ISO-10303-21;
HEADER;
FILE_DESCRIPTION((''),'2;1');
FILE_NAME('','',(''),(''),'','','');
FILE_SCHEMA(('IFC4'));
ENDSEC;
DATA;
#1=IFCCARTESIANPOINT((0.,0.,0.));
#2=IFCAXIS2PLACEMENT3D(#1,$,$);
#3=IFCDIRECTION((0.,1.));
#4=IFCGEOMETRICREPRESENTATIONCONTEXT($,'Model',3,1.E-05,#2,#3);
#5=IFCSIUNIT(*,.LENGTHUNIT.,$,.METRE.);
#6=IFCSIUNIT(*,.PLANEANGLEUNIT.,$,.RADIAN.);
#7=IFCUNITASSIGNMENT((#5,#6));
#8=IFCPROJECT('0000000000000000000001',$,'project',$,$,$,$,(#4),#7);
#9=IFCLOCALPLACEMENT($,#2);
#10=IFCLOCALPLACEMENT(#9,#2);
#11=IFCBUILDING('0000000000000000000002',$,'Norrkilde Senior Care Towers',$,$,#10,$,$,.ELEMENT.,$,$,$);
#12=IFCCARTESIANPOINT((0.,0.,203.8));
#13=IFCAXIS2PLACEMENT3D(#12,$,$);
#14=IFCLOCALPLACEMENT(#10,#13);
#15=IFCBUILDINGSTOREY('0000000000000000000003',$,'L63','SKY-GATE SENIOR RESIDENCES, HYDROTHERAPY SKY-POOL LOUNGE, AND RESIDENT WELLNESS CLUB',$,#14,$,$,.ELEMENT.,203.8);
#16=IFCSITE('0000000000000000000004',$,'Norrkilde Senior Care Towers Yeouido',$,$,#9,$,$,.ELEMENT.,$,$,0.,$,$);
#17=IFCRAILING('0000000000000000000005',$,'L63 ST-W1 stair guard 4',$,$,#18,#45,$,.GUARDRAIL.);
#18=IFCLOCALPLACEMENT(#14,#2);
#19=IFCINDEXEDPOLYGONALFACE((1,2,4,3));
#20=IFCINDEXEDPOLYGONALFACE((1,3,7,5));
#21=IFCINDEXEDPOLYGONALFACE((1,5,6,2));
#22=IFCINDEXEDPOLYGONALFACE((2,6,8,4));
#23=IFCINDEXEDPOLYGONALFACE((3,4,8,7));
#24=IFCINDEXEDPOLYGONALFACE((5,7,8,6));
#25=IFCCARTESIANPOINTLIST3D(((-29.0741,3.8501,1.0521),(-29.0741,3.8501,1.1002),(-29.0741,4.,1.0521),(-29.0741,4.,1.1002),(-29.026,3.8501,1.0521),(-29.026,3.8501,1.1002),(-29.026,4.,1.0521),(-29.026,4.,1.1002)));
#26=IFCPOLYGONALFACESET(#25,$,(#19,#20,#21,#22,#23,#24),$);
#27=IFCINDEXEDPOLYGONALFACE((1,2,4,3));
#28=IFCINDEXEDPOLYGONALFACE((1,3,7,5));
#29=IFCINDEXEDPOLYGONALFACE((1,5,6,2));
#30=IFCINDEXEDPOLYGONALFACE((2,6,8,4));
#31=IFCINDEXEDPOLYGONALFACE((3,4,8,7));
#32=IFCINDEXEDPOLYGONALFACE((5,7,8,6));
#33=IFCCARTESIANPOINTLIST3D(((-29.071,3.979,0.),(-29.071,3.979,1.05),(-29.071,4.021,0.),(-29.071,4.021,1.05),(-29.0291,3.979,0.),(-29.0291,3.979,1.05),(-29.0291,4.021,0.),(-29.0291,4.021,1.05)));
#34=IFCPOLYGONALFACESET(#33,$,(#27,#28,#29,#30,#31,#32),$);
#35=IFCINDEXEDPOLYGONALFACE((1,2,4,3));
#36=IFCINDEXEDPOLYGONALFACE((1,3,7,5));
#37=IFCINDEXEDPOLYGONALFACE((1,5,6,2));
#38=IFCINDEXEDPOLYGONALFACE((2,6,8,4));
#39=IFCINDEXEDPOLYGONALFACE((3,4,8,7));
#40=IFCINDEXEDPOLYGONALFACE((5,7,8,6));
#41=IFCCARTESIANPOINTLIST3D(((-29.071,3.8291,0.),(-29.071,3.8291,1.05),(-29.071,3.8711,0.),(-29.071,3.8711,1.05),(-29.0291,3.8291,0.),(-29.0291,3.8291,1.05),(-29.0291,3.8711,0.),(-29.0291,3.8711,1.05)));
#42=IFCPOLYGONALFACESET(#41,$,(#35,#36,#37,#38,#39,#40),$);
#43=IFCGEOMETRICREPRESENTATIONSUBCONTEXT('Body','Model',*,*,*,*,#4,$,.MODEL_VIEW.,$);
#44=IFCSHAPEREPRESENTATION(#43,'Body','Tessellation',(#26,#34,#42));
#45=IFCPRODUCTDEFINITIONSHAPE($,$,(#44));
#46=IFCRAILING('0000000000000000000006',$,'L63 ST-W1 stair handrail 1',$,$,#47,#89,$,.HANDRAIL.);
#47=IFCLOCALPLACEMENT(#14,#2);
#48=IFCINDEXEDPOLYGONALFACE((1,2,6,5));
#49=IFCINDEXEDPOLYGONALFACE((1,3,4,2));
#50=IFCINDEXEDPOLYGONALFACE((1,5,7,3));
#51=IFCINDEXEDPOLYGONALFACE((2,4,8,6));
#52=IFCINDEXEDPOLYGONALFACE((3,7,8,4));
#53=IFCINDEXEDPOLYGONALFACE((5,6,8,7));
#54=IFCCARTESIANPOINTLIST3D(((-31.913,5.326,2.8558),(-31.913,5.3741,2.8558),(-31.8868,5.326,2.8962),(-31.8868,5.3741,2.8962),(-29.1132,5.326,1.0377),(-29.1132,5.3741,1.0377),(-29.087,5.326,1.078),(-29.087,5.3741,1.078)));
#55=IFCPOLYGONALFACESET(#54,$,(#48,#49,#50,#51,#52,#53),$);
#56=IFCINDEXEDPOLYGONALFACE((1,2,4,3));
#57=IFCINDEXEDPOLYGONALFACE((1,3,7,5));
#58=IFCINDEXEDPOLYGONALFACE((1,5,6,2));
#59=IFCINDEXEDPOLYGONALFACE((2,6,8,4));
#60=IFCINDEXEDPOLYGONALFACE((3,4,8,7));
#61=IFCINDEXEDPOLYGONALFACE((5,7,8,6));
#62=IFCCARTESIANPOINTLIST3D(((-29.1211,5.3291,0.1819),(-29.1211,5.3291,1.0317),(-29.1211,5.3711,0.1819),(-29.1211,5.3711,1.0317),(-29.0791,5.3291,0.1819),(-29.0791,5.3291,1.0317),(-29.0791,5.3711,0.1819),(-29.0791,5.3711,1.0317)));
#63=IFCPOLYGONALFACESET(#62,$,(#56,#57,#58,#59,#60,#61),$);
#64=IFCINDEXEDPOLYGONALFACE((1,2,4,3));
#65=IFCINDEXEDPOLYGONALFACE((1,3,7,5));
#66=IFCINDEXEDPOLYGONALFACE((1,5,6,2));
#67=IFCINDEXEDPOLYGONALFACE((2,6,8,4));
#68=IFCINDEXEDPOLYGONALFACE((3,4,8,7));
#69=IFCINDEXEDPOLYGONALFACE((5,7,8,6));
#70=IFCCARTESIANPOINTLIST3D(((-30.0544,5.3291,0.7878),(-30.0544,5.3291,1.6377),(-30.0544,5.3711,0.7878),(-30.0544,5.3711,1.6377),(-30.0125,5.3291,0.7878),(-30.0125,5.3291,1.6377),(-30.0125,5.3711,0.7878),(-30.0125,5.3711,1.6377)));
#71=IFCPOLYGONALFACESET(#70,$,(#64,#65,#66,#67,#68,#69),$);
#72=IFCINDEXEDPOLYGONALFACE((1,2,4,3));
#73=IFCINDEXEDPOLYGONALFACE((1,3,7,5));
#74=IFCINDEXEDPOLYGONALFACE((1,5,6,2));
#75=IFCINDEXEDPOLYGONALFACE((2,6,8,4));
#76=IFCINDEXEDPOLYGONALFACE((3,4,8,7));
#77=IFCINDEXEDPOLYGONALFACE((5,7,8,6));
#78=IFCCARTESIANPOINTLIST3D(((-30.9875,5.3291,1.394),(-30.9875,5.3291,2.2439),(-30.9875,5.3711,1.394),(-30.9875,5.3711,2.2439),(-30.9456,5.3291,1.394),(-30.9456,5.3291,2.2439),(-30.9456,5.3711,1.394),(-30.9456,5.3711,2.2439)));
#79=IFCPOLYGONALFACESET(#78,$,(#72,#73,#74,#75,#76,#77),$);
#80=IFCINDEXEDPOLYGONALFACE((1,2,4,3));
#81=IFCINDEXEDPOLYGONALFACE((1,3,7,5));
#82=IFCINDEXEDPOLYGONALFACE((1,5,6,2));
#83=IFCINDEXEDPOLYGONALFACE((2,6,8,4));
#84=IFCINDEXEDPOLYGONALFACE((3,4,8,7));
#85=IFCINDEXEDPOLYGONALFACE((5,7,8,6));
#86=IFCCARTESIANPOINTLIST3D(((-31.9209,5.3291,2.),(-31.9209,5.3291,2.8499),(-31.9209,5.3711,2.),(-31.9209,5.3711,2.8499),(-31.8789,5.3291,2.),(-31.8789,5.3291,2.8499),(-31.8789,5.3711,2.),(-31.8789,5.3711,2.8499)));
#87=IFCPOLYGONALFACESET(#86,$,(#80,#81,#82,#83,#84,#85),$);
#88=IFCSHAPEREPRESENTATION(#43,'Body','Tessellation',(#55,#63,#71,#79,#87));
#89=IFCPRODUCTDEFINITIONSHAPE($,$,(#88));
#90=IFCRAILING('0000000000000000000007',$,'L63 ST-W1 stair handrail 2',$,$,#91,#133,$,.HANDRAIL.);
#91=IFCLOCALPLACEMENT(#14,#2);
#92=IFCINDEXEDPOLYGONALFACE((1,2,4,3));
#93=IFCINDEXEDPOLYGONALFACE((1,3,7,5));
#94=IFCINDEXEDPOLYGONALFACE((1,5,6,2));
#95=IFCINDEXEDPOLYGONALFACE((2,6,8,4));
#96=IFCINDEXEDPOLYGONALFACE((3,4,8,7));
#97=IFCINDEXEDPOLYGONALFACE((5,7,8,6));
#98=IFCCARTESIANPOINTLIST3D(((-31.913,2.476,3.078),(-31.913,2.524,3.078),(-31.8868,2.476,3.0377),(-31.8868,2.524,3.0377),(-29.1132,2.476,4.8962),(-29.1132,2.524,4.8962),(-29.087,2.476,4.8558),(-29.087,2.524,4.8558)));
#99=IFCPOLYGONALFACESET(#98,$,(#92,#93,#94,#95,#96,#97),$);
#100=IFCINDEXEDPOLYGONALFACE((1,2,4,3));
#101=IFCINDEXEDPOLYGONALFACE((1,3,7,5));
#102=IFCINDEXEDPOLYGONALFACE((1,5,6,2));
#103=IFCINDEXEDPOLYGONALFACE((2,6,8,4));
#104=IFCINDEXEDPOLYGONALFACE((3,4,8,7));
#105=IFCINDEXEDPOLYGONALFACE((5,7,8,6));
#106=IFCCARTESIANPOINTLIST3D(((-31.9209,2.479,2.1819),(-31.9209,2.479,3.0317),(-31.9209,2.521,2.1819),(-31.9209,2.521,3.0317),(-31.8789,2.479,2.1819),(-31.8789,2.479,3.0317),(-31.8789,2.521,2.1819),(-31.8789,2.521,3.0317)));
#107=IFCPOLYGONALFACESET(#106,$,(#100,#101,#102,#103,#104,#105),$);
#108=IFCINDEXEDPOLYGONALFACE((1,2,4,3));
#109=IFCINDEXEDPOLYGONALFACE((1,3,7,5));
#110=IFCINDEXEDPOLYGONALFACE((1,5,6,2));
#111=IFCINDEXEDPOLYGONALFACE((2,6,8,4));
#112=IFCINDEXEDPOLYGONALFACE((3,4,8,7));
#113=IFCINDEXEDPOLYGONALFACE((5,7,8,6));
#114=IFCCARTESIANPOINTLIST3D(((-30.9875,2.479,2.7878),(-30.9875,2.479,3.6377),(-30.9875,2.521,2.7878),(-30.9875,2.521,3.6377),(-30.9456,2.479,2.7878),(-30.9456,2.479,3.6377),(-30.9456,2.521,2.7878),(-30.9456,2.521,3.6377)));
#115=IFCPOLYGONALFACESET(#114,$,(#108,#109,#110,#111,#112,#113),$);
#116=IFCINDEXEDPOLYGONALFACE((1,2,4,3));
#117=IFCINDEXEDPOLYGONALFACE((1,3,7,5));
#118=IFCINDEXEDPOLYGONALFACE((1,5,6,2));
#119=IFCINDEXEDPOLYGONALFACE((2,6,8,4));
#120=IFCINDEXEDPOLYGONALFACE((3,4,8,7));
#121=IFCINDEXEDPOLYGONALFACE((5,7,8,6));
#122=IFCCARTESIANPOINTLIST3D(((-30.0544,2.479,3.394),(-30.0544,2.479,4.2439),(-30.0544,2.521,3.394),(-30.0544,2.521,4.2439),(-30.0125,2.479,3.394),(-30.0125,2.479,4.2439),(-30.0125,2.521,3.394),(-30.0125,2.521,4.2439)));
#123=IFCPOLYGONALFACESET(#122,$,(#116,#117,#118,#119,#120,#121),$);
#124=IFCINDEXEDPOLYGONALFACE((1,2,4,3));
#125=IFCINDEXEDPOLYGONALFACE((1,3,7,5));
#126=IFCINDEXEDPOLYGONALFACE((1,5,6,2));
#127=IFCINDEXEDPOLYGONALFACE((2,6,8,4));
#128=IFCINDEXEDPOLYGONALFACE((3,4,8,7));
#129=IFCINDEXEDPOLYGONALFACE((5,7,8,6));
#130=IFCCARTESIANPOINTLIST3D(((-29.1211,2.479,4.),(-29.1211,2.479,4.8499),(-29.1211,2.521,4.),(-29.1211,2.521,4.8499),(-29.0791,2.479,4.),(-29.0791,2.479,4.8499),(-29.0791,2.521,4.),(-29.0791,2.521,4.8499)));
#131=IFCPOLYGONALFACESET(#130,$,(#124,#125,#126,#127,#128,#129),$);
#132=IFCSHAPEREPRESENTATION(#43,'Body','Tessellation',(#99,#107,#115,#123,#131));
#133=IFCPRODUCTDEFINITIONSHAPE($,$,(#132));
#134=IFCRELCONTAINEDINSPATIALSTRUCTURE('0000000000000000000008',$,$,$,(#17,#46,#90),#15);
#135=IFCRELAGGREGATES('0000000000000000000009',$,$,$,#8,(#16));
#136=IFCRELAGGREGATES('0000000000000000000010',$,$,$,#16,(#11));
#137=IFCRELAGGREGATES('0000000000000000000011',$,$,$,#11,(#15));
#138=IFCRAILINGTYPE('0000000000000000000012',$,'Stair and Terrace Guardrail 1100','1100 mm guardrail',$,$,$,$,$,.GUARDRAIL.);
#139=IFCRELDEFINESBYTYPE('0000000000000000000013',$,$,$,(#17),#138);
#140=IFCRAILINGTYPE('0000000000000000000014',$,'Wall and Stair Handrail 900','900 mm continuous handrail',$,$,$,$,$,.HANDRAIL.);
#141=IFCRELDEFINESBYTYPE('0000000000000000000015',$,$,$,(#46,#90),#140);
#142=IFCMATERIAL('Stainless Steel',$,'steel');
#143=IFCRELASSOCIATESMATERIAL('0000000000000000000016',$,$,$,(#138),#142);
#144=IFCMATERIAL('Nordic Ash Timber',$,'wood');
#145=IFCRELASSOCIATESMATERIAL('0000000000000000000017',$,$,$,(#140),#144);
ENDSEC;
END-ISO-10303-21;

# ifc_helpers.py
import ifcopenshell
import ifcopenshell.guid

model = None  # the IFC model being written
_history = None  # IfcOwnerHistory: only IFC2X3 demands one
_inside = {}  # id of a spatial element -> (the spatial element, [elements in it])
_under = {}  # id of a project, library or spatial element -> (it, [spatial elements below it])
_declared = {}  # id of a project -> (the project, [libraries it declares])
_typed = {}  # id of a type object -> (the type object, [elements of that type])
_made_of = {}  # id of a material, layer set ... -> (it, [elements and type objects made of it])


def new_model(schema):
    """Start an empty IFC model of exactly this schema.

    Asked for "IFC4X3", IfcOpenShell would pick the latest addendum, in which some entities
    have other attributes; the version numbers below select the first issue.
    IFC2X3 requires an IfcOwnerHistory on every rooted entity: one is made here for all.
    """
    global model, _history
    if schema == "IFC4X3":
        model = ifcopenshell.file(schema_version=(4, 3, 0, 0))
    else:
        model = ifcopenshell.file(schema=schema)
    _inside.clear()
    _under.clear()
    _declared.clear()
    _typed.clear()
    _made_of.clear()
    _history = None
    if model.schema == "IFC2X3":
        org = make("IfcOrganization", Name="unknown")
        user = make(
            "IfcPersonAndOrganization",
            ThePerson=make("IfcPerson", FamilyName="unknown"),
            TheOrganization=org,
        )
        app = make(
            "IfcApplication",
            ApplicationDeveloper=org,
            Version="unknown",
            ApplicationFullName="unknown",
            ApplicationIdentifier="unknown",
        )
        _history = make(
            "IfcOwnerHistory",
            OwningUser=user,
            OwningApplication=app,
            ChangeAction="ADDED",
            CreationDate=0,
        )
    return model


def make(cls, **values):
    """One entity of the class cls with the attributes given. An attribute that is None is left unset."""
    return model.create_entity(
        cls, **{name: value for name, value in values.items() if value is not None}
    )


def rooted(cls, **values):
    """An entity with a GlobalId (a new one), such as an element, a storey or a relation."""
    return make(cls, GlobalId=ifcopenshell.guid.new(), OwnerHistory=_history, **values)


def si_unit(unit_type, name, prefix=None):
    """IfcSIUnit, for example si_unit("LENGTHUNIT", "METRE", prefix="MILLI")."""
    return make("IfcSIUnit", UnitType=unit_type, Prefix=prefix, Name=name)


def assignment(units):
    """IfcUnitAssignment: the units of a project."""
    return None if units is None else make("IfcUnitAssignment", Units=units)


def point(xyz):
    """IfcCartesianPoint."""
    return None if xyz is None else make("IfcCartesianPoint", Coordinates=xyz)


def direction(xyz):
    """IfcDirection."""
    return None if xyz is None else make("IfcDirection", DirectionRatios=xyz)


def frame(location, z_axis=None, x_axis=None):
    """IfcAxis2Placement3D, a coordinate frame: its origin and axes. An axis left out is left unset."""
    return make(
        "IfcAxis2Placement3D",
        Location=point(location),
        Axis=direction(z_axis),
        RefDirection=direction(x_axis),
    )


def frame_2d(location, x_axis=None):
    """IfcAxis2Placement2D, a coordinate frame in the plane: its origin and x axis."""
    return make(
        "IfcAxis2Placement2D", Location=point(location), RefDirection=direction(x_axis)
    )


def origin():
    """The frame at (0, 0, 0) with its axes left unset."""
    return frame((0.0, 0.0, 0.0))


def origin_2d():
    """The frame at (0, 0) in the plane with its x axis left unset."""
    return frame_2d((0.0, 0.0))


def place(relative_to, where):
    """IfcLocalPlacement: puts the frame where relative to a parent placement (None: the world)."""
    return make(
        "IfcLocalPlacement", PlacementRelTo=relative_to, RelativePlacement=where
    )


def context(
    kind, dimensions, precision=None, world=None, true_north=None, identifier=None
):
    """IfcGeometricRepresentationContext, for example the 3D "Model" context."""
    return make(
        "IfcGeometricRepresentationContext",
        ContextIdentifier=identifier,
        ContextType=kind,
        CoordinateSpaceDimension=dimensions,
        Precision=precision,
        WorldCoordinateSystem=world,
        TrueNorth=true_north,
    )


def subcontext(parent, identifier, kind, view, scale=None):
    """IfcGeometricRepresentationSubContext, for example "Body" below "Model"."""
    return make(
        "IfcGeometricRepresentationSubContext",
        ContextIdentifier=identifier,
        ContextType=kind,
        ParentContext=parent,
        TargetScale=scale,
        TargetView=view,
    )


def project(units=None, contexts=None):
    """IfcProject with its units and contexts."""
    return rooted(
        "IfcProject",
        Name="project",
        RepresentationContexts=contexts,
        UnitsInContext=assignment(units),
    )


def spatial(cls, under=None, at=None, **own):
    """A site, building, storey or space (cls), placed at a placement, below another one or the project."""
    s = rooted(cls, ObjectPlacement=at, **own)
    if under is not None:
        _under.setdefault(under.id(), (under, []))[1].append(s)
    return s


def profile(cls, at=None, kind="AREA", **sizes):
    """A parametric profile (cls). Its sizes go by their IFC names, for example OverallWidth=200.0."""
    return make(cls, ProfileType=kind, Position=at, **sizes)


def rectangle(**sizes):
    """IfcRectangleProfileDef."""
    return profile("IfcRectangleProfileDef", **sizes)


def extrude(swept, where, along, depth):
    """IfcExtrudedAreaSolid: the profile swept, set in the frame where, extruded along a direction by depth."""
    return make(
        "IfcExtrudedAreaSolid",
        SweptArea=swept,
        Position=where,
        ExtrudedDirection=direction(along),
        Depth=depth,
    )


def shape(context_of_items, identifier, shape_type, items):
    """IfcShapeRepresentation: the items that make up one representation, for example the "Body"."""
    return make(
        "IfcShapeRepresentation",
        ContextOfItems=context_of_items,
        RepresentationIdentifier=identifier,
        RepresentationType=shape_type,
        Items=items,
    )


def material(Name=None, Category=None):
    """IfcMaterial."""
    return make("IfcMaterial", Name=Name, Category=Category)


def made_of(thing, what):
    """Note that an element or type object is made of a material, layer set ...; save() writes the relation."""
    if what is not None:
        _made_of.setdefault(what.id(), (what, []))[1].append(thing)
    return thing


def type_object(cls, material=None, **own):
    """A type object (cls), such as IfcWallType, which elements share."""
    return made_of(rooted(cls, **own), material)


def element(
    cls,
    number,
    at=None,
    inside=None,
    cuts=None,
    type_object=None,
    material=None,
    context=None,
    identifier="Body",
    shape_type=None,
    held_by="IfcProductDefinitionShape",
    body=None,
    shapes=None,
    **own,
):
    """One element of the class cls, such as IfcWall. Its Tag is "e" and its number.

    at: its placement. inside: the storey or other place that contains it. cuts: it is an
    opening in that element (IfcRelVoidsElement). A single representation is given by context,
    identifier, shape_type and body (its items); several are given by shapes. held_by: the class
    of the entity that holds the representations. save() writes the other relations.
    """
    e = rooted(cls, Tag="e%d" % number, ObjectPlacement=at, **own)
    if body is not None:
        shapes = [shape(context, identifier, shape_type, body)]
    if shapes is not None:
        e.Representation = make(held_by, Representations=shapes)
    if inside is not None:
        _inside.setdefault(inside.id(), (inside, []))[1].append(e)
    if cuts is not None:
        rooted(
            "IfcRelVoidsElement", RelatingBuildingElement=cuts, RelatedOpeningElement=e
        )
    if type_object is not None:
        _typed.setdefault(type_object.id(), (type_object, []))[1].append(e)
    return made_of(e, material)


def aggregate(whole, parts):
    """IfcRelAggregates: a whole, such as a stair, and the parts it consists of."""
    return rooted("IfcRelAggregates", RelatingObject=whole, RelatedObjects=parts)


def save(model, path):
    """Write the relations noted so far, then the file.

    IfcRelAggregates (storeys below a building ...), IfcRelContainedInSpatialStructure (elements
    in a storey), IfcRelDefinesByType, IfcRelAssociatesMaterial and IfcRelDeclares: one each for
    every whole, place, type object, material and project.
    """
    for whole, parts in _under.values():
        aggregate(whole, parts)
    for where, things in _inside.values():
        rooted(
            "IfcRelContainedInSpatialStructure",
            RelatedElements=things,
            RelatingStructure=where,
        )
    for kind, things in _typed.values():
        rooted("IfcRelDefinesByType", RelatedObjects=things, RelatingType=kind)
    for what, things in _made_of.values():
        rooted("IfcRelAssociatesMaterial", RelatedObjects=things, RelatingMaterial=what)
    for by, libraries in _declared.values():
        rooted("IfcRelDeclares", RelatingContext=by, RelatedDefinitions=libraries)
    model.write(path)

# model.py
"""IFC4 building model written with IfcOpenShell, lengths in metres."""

from ifc_helpers import new_model, si_unit, direction, frame, origin, origin_2d, place, context, subcontext, project, spatial, rectangle, extrude, material, type_object, element, save


model = new_model("IFC4")

# Units and contexts
model_context = context("Model", 3, precision=1e-05, world=origin(), true_north=direction((0.0, 1.0)))
body_context = subcontext(model_context, "Body", "Model", "MODEL_VIEW")
ifc_project = project(units=[si_unit("LENGTHUNIT", "METRE"), si_unit("PLANEANGLEUNIT", "RADIAN")], contexts=[model_context])

# Site, building, storey
site_placement = place(None, origin())
site = spatial("IfcSite", under=ifc_project, at=site_placement, Name="Norrkilde Senior Care Towers Yeouido", CompositionType="ELEMENT", RefElevation=0.0)
building_placement = place(site_placement, origin())
building = spatial("IfcBuilding", under=site, at=building_placement, Name="Norrkilde Senior Care Towers", CompositionType="ELEMENT")
storey_placement = place(building_placement, frame((0.0, 0.0, 203.8)))
storey = spatial("IfcBuildingStorey", under=building, at=storey_placement, Name="L63", Description="SKY-GATE SENIOR RESIDENCES, HYDROTHERAPY SKY-POOL LOUNGE, AND RESIDENT WELLNESS CLUB", CompositionType="ELEMENT", Elevation=203.8)

# Shared definitions
ifc_material_1 = material(Name="Stainless Steel", Category="steel")

# Railings
railing_type_1 = type_object("IfcRailingType", Name="Stair and Terrace Guardrail 1100", Description="1100 mm guardrail", PredefinedType="GUARDRAIL", material=ifc_material_1)
railing_1_placement = place(storey_placement, frame((-29.05, 4.0, 0.0)))
element("IfcRailing", 1, at=railing_1_placement, inside=storey, type_object=railing_type_1, Name="L63 ST-W1 stair guard 4", PredefinedType="GUARDRAIL", context=body_context, shape_type="SweptSolid", body=[
    extrude(rectangle(XDim=0.0481, YDim=0.0481, at=origin_2d()), frame((0.0, 0.0, 1.0762), z_axis=(0.0, -1.0, 0.0), x_axis=(1.0, 0.0, 0.0)), (0.0, 0.0, 1.0), 0.1499),
    extrude(rectangle(XDim=0.042, YDim=0.042, at=origin_2d()), origin(), (0.0, 0.0, 1.0), 1.05),
    extrude(rectangle(XDim=0.042, YDim=0.042, at=origin_2d()), frame((0.0, -0.1499, 0.0)), (0.0, 0.0, 1.0), 1.05),
])
ifc_material_2 = material(Name="Nordic Ash Timber", Category="wood")
railing_type_2 = type_object("IfcRailingType", Name="Wall and Stair Handrail 900", Description="900 mm continuous handrail", PredefinedType="HANDRAIL", material=ifc_material_2)
railing_2_placement = place(storey_placement, frame((-29.1001, 5.3501, 0.1819)))
element("IfcRailing", 2, at=railing_2_placement, inside=storey, type_object=railing_type_2, Name="L63 ST-W1 stair handrail 1", PredefinedType="HANDRAIL", context=body_context, shape_type="SweptSolid", body=[
    extrude(rectangle(XDim=0.0481, YDim=0.0481, at=origin_2d()), frame((0.0, 0.0, 0.876), z_axis=(-0.838684, 0.0, 0.544618), x_axis=(0.0, -1.0, 0.0)), (0.0, 0.0, 1.0), 3.3384),
    extrude(rectangle(XDim=0.042, YDim=0.042, at=origin_2d()), origin(), (0.0, 0.0, 1.0), 0.8499),
    extrude(rectangle(XDim=0.042, YDim=0.042, at=origin_2d()), frame((-0.9333, 0.0, 0.606)), (0.0, 0.0, 1.0), 0.8499),
    extrude(rectangle(XDim=0.042, YDim=0.042, at=origin_2d()), frame((-1.8665, 0.0, 1.2122)), (0.0, 0.0, 1.0), 0.8499),
    extrude(rectangle(XDim=0.042, YDim=0.042, at=origin_2d()), frame((-2.7998, 0.0, 1.8181)), (0.0, 0.0, 1.0), 0.8499),
])
railing_3_placement = place(storey_placement, frame((-31.8999, 2.5, 2.1819)))
element("IfcRailing", 3, at=railing_3_placement, inside=storey, type_object=railing_type_2, Name="L63 ST-W1 stair handrail 2", PredefinedType="HANDRAIL", context=body_context, shape_type="SweptSolid", body=[
    extrude(rectangle(XDim=0.0481, YDim=0.0481, at=origin_2d()), frame((0.0, 0.0, 0.876), z_axis=(0.838684, 0.0, 0.544618), x_axis=(0.0, 1.0, 0.0)), (0.0, 0.0, 1.0), 3.3384),
    extrude(rectangle(XDim=0.042, YDim=0.042, at=origin_2d()), origin(), (0.0, 0.0, 1.0), 0.8499),
    extrude(rectangle(XDim=0.042, YDim=0.042, at=origin_2d()), frame((0.9333, 0.0, 0.606)), (0.0, 0.0, 1.0), 0.8499),
    extrude(rectangle(XDim=0.042, YDim=0.042, at=origin_2d()), frame((1.8665, 0.0, 1.2122)), (0.0, 0.0, 1.0), 0.8499),
    extrude(rectangle(XDim=0.042, YDim=0.042, at=origin_2d()), frame((2.7998, 0.0, 1.8181)), (0.0, 0.0, 1.0), 0.8499),
])

save(model, "model.ifc")
